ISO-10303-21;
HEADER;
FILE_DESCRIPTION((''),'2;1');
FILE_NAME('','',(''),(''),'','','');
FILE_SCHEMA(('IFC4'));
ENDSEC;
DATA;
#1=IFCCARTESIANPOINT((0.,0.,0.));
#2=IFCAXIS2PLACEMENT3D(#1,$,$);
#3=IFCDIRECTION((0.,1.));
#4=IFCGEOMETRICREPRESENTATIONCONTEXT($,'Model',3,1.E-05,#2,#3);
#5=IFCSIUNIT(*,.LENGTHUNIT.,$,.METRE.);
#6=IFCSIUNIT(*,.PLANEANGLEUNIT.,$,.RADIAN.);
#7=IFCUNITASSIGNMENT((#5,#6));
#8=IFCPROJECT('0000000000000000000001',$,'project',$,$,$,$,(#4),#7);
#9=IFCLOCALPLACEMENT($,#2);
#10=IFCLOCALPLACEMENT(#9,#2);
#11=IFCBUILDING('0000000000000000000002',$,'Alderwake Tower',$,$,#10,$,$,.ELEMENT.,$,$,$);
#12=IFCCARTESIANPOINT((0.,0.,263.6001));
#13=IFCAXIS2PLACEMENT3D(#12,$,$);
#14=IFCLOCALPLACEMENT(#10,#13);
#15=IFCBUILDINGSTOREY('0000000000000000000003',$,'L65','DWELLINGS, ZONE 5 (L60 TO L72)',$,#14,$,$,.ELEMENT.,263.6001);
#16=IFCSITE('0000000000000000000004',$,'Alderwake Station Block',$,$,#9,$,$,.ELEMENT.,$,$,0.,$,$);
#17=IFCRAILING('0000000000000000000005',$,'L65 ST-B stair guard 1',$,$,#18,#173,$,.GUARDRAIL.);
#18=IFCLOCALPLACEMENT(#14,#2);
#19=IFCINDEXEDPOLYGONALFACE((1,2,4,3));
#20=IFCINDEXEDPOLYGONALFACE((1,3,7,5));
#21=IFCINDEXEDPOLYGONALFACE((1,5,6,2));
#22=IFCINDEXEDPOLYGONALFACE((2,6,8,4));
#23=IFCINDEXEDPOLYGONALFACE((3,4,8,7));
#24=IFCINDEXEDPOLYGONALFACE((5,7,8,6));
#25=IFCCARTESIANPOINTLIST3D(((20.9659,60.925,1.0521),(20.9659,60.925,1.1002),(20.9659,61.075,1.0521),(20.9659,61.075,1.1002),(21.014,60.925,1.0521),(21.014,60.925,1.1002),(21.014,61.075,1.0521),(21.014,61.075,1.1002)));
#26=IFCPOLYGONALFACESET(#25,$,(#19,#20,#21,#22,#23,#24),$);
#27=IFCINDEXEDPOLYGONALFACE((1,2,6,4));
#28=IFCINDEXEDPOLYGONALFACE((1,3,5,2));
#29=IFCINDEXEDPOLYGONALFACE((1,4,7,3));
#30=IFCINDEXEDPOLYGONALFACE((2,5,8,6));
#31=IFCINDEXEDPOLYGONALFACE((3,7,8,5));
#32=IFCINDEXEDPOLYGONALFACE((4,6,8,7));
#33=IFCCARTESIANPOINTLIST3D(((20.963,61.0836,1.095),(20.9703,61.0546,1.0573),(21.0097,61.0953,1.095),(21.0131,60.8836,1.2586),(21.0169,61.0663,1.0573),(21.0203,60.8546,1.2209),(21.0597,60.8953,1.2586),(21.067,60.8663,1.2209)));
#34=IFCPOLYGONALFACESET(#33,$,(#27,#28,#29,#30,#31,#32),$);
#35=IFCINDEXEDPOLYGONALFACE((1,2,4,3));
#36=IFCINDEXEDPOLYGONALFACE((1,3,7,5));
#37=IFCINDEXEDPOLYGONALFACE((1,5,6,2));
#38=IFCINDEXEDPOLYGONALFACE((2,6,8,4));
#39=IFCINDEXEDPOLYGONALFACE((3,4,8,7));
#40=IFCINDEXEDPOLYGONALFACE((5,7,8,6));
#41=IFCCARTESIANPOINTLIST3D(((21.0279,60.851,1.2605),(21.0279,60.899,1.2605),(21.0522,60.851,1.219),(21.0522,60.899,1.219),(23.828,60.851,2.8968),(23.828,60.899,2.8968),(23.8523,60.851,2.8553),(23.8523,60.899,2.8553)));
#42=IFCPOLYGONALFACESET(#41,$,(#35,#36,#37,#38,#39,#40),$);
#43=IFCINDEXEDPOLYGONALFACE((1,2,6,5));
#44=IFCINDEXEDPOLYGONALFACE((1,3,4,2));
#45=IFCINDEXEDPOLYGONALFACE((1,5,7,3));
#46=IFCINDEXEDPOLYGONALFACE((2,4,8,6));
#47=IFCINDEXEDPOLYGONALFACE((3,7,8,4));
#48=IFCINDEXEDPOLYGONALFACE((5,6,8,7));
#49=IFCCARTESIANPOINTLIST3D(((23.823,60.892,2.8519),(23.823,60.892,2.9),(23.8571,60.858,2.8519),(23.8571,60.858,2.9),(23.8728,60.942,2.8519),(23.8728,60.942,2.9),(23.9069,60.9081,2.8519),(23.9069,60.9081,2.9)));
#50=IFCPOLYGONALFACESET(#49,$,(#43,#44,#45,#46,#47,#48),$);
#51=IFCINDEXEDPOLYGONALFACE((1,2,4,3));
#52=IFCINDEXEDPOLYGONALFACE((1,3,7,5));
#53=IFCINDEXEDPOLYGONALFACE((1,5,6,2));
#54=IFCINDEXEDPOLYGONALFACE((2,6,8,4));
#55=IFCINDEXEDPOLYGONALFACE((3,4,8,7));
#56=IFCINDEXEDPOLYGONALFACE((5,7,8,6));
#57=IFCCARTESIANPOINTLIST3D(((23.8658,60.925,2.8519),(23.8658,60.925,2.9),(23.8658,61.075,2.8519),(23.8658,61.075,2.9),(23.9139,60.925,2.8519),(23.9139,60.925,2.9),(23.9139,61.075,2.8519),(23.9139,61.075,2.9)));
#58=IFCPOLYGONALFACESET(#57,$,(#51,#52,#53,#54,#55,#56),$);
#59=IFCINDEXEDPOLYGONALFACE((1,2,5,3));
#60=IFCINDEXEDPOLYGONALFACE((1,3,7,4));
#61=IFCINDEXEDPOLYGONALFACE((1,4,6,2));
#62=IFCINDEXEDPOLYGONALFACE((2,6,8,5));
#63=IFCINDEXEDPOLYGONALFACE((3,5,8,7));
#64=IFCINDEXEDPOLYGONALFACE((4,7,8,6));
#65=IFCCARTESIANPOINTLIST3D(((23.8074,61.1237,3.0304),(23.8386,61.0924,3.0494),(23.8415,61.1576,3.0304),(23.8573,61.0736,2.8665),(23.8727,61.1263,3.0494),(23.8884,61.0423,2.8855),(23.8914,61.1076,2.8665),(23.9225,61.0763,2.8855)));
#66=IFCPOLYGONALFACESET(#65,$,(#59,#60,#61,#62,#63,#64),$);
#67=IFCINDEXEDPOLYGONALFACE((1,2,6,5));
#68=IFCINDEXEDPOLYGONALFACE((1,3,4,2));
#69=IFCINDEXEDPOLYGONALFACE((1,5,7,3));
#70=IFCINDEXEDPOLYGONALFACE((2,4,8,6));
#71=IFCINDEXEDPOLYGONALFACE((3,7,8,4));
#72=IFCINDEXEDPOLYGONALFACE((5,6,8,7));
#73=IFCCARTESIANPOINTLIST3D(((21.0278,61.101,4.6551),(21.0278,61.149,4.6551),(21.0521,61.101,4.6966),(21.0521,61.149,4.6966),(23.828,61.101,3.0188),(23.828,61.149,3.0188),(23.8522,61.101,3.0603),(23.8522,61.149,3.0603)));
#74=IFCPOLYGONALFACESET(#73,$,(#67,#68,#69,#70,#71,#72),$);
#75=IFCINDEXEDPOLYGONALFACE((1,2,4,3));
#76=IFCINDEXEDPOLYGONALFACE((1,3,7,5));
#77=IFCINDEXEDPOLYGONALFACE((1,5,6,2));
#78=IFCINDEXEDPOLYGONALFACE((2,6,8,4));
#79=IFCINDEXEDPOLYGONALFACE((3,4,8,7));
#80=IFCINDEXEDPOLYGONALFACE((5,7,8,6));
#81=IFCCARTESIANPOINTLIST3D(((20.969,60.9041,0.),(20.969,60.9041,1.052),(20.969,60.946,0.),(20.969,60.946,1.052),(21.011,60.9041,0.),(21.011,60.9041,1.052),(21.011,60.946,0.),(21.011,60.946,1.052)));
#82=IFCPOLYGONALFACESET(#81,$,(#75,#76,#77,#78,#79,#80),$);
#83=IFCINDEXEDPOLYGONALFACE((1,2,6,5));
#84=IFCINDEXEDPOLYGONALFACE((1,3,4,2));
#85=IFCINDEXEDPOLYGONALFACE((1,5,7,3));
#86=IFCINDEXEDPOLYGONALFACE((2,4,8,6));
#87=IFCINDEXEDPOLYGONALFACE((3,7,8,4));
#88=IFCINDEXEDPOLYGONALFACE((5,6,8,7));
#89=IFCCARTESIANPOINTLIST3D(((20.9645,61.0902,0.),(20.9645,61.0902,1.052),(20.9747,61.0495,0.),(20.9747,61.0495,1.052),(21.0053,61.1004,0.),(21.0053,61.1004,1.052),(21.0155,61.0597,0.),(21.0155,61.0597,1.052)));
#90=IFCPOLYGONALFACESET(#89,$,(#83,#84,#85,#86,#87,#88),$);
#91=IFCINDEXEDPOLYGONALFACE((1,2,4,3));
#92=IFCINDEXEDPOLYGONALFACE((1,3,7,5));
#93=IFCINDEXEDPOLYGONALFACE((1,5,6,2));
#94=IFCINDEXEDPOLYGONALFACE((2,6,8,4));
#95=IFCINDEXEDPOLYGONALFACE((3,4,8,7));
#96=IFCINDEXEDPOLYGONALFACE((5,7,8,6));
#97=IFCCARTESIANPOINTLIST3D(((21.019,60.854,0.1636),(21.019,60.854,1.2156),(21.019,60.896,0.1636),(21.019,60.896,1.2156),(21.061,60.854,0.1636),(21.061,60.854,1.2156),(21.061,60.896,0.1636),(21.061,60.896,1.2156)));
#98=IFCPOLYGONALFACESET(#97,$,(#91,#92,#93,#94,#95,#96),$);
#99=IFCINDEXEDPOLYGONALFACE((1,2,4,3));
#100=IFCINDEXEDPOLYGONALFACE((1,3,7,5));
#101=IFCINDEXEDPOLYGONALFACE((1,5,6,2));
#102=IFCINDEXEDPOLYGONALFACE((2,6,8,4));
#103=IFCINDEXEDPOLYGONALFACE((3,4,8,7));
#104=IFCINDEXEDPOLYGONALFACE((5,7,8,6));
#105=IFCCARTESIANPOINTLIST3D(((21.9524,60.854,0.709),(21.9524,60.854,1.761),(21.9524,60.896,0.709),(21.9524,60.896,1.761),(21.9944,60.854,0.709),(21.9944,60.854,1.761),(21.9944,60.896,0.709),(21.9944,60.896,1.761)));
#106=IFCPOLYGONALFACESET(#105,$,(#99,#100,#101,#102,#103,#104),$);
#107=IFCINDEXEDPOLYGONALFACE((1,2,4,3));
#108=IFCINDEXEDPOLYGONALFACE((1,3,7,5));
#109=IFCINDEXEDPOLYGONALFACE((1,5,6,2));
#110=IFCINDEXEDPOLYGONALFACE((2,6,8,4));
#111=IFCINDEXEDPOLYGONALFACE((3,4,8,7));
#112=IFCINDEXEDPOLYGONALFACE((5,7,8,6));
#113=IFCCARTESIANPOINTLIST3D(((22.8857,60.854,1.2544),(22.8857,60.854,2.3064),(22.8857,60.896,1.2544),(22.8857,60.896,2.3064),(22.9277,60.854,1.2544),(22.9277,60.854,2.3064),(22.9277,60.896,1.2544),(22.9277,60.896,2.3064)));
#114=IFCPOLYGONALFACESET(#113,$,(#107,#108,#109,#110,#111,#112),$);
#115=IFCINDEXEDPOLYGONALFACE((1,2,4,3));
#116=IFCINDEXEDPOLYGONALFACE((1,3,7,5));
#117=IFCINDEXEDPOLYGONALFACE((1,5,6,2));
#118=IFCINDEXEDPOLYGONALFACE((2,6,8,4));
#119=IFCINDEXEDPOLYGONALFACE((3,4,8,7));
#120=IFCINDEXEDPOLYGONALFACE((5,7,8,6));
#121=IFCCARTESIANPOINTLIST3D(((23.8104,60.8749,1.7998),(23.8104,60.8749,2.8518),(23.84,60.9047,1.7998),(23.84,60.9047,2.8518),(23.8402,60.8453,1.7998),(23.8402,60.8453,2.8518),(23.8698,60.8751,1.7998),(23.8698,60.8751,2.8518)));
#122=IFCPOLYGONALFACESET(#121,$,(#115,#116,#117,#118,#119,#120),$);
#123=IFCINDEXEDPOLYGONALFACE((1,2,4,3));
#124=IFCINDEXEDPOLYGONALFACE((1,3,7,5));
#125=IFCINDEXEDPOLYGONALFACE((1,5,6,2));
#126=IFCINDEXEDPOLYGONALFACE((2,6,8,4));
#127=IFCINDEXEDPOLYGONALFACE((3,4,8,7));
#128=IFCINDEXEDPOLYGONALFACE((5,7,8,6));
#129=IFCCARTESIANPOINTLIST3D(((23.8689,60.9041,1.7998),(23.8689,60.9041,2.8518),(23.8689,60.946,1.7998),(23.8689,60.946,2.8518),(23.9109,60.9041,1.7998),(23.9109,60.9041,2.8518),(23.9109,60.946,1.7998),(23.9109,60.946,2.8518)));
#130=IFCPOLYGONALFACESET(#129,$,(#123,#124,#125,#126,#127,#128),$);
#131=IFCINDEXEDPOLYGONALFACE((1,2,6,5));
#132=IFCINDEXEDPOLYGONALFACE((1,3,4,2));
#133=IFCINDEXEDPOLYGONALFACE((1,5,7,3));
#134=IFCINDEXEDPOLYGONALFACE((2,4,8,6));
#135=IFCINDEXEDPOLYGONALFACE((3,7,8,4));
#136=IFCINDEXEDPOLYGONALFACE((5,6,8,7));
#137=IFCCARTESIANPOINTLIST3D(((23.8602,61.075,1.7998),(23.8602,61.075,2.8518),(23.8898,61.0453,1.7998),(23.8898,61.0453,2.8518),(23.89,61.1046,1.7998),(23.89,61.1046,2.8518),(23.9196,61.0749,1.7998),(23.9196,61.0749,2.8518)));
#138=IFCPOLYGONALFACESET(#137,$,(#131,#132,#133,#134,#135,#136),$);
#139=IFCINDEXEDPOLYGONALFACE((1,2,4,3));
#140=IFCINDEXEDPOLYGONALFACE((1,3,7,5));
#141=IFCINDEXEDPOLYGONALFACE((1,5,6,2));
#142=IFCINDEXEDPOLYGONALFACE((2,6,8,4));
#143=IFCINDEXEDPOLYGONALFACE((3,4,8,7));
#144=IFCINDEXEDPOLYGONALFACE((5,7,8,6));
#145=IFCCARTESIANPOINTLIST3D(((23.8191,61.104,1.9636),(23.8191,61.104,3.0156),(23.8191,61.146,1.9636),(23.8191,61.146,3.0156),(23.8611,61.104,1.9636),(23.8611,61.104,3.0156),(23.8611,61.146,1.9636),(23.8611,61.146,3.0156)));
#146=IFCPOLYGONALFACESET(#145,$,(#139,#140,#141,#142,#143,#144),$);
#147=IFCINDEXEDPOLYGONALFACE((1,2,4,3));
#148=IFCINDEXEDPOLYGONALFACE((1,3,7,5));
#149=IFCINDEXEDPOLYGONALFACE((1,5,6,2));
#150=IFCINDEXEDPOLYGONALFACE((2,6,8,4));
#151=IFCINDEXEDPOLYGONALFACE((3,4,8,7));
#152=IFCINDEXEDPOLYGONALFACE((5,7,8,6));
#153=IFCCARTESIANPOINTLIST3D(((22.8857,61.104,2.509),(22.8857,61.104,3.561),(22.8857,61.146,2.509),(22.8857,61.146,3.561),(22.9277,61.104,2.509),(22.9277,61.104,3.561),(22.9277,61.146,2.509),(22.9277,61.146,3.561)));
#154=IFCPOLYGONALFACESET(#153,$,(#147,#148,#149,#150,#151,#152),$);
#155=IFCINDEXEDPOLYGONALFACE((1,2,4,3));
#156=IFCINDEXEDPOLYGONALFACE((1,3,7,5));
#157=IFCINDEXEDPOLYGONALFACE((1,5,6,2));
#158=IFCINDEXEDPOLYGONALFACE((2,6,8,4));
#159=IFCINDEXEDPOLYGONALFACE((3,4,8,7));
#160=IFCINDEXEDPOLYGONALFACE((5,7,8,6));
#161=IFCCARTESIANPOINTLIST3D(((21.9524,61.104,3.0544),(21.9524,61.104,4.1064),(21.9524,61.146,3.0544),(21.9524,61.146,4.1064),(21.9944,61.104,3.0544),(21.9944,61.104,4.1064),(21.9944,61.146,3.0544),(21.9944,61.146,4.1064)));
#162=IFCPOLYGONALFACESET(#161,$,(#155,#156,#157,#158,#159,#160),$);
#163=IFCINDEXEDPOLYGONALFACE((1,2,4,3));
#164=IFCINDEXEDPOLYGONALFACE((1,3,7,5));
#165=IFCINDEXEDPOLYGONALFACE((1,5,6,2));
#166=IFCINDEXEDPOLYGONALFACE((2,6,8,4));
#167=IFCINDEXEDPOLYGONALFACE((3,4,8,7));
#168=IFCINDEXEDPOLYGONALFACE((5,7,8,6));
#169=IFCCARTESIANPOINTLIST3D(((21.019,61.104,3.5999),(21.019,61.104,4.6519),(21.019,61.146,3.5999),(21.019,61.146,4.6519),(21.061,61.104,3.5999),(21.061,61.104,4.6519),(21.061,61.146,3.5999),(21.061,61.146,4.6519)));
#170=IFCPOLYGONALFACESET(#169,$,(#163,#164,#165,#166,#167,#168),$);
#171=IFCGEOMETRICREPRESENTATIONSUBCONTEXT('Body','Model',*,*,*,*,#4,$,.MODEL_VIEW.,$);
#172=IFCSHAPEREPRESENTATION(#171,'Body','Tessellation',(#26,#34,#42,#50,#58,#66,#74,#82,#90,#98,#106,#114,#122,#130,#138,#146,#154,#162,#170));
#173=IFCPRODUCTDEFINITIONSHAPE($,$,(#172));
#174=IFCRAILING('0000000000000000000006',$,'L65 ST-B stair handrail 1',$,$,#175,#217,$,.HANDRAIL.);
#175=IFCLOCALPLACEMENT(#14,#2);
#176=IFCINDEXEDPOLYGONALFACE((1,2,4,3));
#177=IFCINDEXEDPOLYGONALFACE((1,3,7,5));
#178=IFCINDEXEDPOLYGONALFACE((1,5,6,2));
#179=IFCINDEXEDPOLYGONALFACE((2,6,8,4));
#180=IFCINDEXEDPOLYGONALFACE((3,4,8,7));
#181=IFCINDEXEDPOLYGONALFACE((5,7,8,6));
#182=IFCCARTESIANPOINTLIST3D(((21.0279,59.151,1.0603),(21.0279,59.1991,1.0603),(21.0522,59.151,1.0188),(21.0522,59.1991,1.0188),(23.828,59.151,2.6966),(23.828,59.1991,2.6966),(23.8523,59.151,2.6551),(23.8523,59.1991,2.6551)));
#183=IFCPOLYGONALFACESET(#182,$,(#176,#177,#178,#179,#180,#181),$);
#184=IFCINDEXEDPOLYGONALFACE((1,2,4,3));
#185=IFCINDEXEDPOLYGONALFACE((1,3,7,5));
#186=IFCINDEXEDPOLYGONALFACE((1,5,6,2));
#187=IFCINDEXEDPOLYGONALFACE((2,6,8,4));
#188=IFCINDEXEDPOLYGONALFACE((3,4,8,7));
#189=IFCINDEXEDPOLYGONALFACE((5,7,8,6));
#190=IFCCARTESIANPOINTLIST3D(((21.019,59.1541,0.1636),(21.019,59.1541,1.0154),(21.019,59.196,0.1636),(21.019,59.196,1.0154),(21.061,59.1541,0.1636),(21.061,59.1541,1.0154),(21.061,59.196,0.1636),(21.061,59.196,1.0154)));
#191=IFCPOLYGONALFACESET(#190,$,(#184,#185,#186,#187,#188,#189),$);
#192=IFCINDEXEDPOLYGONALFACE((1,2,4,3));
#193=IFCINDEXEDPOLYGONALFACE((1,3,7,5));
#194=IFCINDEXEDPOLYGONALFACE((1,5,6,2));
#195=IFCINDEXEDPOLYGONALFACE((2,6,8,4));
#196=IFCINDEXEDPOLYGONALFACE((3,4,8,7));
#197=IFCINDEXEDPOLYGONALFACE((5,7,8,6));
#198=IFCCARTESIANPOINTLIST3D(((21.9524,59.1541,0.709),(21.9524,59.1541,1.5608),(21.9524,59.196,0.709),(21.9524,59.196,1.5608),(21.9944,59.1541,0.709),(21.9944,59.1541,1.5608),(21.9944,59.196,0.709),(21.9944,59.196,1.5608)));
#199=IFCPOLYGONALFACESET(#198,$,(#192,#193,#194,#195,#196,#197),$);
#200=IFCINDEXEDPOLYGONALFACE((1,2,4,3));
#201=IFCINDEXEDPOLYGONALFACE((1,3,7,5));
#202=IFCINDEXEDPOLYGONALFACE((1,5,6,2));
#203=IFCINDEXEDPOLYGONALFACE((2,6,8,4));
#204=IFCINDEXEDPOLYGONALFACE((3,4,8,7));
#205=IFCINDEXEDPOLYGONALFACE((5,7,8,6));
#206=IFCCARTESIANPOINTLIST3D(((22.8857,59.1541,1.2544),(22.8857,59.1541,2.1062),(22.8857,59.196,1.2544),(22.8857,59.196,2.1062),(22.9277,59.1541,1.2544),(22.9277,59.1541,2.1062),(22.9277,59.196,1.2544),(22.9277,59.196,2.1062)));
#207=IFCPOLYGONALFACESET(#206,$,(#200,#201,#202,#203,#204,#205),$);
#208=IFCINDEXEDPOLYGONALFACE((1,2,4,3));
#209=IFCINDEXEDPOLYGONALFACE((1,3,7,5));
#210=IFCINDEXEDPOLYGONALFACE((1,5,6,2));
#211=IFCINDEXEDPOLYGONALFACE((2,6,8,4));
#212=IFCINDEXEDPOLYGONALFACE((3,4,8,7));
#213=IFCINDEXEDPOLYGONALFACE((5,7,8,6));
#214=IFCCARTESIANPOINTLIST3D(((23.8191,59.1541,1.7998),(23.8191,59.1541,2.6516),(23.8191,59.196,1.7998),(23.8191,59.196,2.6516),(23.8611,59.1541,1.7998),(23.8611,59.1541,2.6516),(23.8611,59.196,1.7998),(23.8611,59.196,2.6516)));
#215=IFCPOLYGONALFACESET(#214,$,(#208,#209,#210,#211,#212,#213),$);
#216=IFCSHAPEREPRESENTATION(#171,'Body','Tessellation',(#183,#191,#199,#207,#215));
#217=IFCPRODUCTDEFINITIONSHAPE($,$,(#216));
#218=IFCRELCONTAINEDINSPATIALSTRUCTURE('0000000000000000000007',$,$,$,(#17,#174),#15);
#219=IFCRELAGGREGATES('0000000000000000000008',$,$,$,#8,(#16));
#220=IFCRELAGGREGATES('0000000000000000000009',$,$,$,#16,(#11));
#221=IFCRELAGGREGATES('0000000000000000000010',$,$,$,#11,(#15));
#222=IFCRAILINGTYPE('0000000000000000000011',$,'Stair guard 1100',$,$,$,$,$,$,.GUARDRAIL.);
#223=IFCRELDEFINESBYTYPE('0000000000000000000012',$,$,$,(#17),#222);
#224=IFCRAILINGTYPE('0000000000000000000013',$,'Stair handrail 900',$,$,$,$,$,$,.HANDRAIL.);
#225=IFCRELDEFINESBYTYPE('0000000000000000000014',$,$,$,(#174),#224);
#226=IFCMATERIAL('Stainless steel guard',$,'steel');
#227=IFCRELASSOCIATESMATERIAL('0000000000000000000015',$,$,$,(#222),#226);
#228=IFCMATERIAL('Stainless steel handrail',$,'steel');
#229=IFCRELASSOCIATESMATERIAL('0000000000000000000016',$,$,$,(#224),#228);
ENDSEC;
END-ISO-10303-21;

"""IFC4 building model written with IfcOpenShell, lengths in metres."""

from ifc_helpers import new_model, si_unit, direction, frame, origin, origin_with_axes, origin_2d, place, context, subcontext, project, spatial, rectangle, extrude, material, type_object, element, save


model = new_model("IFC4")

# Units and contexts
model_context = context("Model", 3, precision=1e-05, world=origin(), true_north=direction((0.0, 1.0)))
body_context = subcontext(model_context, "Body", "Model", "MODEL_VIEW")
ifc_project = project(units=[si_unit("LENGTHUNIT", "METRE"), si_unit("PLANEANGLEUNIT", "RADIAN")], contexts=[model_context])

# Site, building, storey
site_placement = place(None, origin())
site = spatial("IfcSite", under=ifc_project, at=site_placement, Name="Alderwake Station Block", CompositionType="ELEMENT", RefElevation=0.0)
building_placement = place(site_placement, origin())
building = spatial("IfcBuilding", under=site, at=building_placement, Name="Alderwake Tower", CompositionType="ELEMENT")
storey_placement = place(building_placement, frame((0.0, 0.0, 263.6001)))
storey = spatial("IfcBuildingStorey", under=building, at=storey_placement, Name="L65", Description="DWELLINGS, ZONE 5 (L60 TO L72)", CompositionType="ELEMENT", Elevation=263.6001)

# Railings
ifc_material_1 = material(Name="Stainless steel guard", Category="steel")
railing_type_1 = type_object("IfcRailingType", Name="Stair guard 1100", PredefinedType="GUARDRAIL", material=ifc_material_1)
railing_1_placement = place(storey_placement, frame((20.99, 60.925, 0.0)))
element("IfcRailing", 1, at=railing_1_placement, inside=storey, type_object=railing_type_1, Name="L65 ST-B stair guard 1", PredefinedType="GUARDRAIL", context=body_context, shape_type="SweptSolid", body=[
    extrude(rectangle(XDim=0.0481, YDim=0.0481, at=origin_2d()), frame((0.0, 0.0, 1.0762), z_axis=(0.0, 1.0, 0.0), x_axis=(-1.0, 0.0, 0.0)), (0.0, 0.0, 1.0), 0.1499),
    extrude(rectangle(XDim=0.0481, YDim=0.0481, at=origin_2d()), frame((0.0, 0.1499, 1.0762), z_axis=(0.1902, -0.75987, 0.621628), x_axis=(0.970073, 0.242814, 0.0)), (0.0, 0.0, 1.0), 0.2632),
    extrude(rectangle(XDim=0.0481, YDim=0.0481, at=origin_2d()), frame((0.05, -0.05, 1.2397), z_axis=(0.863394, 0.0, 0.504531), x_axis=(0.0, 1.0, 0.0)), (0.0, 0.0, 1.0), 3.2432),
    extrude(rectangle(XDim=0.0481, YDim=0.0481, at=origin_2d()), frame((2.8501, -0.05, 2.876), z_axis=(0.705376, 0.708834, 0.0), x_axis=(-0.708834, 0.705376, 0.0)), (0.0, 0.0, 1.0), 0.0706),
    extrude(rectangle(XDim=0.0481, YDim=0.0481, at=origin_2d()), frame((2.8999, 0.0, 2.876), z_axis=(0.0, 1.0, 0.0), x_axis=(-1.0, 0.0, 0.0)), (0.0, 0.0, 1.0), 0.1499),
    extrude(rectangle(XDim=0.0481, YDim=0.0481, at=origin_2d()), frame((2.8999, 0.1499, 2.876), z_axis=(-0.279195, 0.280564, 0.918332), x_axis=(-0.708834, -0.705376, 0.0)), (0.0, 0.0, 1.0), 0.1785),
    extrude(rectangle(XDim=0.0481, YDim=0.0481, at=origin_2d()), frame((2.8501, 0.2, 3.0396), z_axis=(-0.863394, 0.0, 0.504531), x_axis=(0.0, -1.0, 0.0)), (0.0, 0.0, 1.0), 3.2432),
    extrude(rectangle(XDim=0.042, YDim=0.042, at=origin_2d()), frame((0.0, 0.0, 0.0), z_axis=(0.0, 0.0, 1.0), x_axis=(0.0, 1.0, 0.0)), (0.0, 0.0, 1.0), 1.052),
    extrude(rectangle(XDim=0.042, YDim=0.042, at=origin_2d()), frame((0.0, 0.1499, 0.0), z_axis=(0.0, 0.0, 1.0), x_axis=(0.242814, -0.970073, 0.0)), (0.0, 0.0, 1.0), 1.052),
    extrude(rectangle(XDim=0.042, YDim=0.042, at=origin_2d()), frame((0.05, -0.05, 0.1636), z_axis=(0.0, 0.0, 1.0), x_axis=(1.0, 0.0, 0.0)), (0.0, 0.0, 1.0), 1.052),
    extrude(rectangle(XDim=0.042, YDim=0.042, at=origin_2d()), frame((0.9834, -0.05, 0.709), z_axis=(0.0, 0.0, 1.0), x_axis=(1.0, 0.0, 0.0)), (0.0, 0.0, 1.0), 1.052),
    extrude(rectangle(XDim=0.042, YDim=0.042, at=origin_2d()), frame((1.9167, -0.05, 1.2544), z_axis=(0.0, 0.0, 1.0), x_axis=(1.0, 0.0, 0.0)), (0.0, 0.0, 1.0), 1.052),
    extrude(rectangle(XDim=0.042, YDim=0.042, at=origin_2d()), frame((2.8501, -0.05, 1.7998), z_axis=(0.0, 0.0, 1.0), x_axis=(0.705376, 0.708834, 0.0)), (0.0, 0.0, 1.0), 1.052),
    extrude(rectangle(XDim=0.042, YDim=0.042, at=origin_2d()), frame((2.8999, 0.0, 1.7998), z_axis=(0.0, 0.0, 1.0), x_axis=(0.0, 1.0, 0.0)), (0.0, 0.0, 1.0), 1.052),
    extrude(rectangle(XDim=0.042, YDim=0.042, at=origin_2d()), frame((2.8999, 0.1499, 1.7998), z_axis=(0.0, 0.0, 1.0), x_axis=(-0.705376, 0.708834, 0.0)), (0.0, 0.0, 1.0), 1.052),
    extrude(rectangle(XDim=0.042, YDim=0.042, at=origin_2d()), frame((2.8501, 0.2, 1.9636), z_axis=(0.0, 0.0, 1.0), x_axis=(-1.0, 0.0, 0.0)), (0.0, 0.0, 1.0), 1.052),
    extrude(rectangle(XDim=0.042, YDim=0.042, at=origin_2d()), frame((1.9167, 0.2, 2.509), z_axis=(0.0, 0.0, 1.0), x_axis=(-1.0, 0.0, 0.0)), (0.0, 0.0, 1.0), 1.052),
    extrude(rectangle(XDim=0.042, YDim=0.042, at=origin_2d()), frame((0.9834, 0.2, 3.0544), z_axis=(0.0, 0.0, 1.0), x_axis=(-1.0, 0.0, 0.0)), (0.0, 0.0, 1.0), 1.052),
    extrude(rectangle(XDim=0.042, YDim=0.042, at=origin_2d()), frame((0.05, 0.2, 3.5999), z_axis=(0.0, 0.0, 1.0), x_axis=(-1.0, 0.0, 0.0)), (0.0, 0.0, 1.0), 1.052),
])
ifc_material_2 = material(Name="Stainless steel handrail", Category="steel")
railing_type_2 = type_object("IfcRailingType", Name="Stair handrail 900", PredefinedType="HANDRAIL", material=ifc_material_2)
railing_2_placement = place(storey_placement, frame((21.04, 59.175, 0.1636)))
element("IfcRailing", 2, at=railing_2_placement, inside=storey, type_object=railing_type_2, Name="L65 ST-B stair handrail 1", PredefinedType="HANDRAIL", context=body_context, shape_type="SweptSolid", body=[
    extrude(rectangle(XDim=0.0481, YDim=0.0481, at=origin_2d()), frame((0.0, 0.0, 0.876), z_axis=(0.863394, 0.0, 0.504531), x_axis=(0.0, 1.0, 0.0)), (0.0, 0.0, 1.0), 3.2432),
    extrude(rectangle(XDim=0.042, YDim=0.042, at=origin_2d()), origin_with_axes(), (0.0, 0.0, 1.0), 0.8518),
    extrude(rectangle(XDim=0.042, YDim=0.042, at=origin_2d()), frame((0.9333, 0.0, 0.5454), z_axis=(0.0, 0.0, 1.0), x_axis=(1.0, 0.0, 0.0)), (0.0, 0.0, 1.0), 0.8518),
    extrude(rectangle(XDim=0.042, YDim=0.042, at=origin_2d()), frame((1.8667, 0.0, 1.0908), z_axis=(0.0, 0.0, 1.0), x_axis=(1.0, 0.0, 0.0)), (0.0, 0.0, 1.0), 0.8518),
    extrude(rectangle(XDim=0.042, YDim=0.042, at=origin_2d()), frame((2.8, 0.0, 1.6362), z_axis=(0.0, 0.0, 1.0), x_axis=(1.0, 0.0, 0.0)), (0.0, 0.0, 1.0), 0.8518),
])

save(model, "model.ifc")
